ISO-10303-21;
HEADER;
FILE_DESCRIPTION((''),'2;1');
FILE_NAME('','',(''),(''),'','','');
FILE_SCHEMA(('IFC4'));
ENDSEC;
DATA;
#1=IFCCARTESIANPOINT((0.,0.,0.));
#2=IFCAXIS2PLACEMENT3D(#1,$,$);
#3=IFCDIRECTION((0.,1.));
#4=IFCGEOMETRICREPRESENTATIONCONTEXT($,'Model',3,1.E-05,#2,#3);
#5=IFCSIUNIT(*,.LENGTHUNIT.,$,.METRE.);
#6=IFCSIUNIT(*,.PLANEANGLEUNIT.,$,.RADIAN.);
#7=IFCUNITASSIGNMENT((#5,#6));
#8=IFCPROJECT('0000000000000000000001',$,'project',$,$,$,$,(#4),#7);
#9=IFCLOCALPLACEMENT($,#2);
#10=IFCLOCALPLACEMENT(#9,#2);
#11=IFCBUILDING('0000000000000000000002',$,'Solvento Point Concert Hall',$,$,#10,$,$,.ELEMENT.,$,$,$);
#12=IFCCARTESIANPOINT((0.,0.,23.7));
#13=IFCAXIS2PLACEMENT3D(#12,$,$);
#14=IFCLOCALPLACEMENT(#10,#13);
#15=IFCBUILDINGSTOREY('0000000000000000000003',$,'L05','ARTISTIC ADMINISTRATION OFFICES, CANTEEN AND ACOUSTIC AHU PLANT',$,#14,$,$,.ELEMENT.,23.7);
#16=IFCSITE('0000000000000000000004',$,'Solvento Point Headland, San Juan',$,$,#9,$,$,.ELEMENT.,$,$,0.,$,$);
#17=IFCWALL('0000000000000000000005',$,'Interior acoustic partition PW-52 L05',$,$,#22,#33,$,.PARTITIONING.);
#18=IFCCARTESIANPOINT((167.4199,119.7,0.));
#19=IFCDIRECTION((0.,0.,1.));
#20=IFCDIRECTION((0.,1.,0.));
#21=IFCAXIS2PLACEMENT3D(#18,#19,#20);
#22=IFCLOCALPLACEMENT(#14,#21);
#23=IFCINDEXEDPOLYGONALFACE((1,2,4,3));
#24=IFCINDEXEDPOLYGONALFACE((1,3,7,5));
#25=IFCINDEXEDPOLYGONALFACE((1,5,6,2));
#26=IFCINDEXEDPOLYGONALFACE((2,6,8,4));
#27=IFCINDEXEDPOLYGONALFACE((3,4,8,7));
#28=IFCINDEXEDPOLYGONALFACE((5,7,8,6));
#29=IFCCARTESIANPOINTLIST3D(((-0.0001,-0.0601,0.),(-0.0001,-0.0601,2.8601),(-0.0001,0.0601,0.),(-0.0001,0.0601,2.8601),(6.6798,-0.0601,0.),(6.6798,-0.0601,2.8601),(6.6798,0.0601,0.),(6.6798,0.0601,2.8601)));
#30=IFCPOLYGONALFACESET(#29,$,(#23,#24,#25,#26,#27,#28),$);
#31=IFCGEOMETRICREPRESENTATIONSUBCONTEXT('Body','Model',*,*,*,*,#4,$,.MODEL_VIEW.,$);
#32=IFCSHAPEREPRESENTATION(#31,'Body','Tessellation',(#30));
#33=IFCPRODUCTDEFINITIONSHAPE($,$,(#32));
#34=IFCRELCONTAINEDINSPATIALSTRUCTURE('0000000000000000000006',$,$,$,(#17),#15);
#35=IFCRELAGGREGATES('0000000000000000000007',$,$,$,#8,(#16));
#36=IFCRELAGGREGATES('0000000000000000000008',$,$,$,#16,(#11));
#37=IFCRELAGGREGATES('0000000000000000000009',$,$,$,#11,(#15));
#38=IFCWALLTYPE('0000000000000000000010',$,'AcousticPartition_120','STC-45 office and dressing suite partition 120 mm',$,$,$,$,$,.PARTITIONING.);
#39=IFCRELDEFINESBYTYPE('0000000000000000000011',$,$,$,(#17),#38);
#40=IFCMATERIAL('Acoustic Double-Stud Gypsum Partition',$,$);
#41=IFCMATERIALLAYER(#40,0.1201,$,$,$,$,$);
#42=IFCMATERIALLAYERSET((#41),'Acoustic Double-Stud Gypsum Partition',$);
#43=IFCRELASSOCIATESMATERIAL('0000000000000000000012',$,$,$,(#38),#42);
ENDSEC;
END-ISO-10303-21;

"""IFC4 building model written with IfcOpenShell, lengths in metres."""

from ifc_helpers import new_model, si_unit, direction, frame, frame_2d, origin, place, context, subcontext, project, spatial, rectangle, extrude, material, layer, layer_set, type_object, element, save


model = new_model("IFC4")

# Units and contexts
model_context = context("Model", 3, precision=1e-05, world=origin(), true_north=direction((0.0, 1.0)))
body_context = subcontext(model_context, "Body", "Model", "MODEL_VIEW")
ifc_project = project(units=[si_unit("LENGTHUNIT", "METRE"), si_unit("PLANEANGLEUNIT", "RADIAN")], contexts=[model_context])

# Site, building, storey
site_placement = place(None, origin())
site = spatial("IfcSite", under=ifc_project, at=site_placement, Name="Solvento Point Headland, San Juan", CompositionType="ELEMENT", RefElevation=0.0)
building_placement = place(site_placement, origin())
building = spatial("IfcBuilding", under=site, at=building_placement, Name="Solvento Point Concert Hall", CompositionType="ELEMENT")
storey_placement = place(building_placement, frame((0.0, 0.0, 23.7)))
storey = spatial("IfcBuildingStorey", under=building, at=storey_placement, Name="L05", Description="ARTISTIC ADMINISTRATION OFFICES, CANTEEN AND ACOUSTIC AHU PLANT", CompositionType="ELEMENT", Elevation=23.7)

# Wall
ifc_material_1 = material(Name="Acoustic Double-Stud Gypsum Partition")
ifc_layer_1 = layer(ifc_material_1, 0.1201)
ifc_layer_set_1 = layer_set([ifc_layer_1], Name="Acoustic Double-Stud Gypsum Partition")
wall_type_1 = type_object("IfcWallType", Name="AcousticPartition_120", Description="STC-45 office and dressing suite partition 120 mm", PredefinedType="PARTITIONING", material=ifc_layer_set_1)
wall_1_placement = place(storey_placement, frame((167.4199, 119.7, 0.0), z_axis=(0.0, 0.0, 1.0), x_axis=(0.0, 1.0, 0.0)))
element("IfcWall", 1, at=wall_1_placement, inside=storey, type_object=wall_type_1, Name="Interior acoustic partition PW-52 L05", PredefinedType="PARTITIONING", context=body_context, shape_type="SweptSolid", body=[
    extrude(rectangle(XDim=6.6799, YDim=0.1201, at=frame_2d((3.3398, 0.0))), origin(), (0.0, 0.0, 1.0), 2.8601),
])

save(model, "model.ifc")
